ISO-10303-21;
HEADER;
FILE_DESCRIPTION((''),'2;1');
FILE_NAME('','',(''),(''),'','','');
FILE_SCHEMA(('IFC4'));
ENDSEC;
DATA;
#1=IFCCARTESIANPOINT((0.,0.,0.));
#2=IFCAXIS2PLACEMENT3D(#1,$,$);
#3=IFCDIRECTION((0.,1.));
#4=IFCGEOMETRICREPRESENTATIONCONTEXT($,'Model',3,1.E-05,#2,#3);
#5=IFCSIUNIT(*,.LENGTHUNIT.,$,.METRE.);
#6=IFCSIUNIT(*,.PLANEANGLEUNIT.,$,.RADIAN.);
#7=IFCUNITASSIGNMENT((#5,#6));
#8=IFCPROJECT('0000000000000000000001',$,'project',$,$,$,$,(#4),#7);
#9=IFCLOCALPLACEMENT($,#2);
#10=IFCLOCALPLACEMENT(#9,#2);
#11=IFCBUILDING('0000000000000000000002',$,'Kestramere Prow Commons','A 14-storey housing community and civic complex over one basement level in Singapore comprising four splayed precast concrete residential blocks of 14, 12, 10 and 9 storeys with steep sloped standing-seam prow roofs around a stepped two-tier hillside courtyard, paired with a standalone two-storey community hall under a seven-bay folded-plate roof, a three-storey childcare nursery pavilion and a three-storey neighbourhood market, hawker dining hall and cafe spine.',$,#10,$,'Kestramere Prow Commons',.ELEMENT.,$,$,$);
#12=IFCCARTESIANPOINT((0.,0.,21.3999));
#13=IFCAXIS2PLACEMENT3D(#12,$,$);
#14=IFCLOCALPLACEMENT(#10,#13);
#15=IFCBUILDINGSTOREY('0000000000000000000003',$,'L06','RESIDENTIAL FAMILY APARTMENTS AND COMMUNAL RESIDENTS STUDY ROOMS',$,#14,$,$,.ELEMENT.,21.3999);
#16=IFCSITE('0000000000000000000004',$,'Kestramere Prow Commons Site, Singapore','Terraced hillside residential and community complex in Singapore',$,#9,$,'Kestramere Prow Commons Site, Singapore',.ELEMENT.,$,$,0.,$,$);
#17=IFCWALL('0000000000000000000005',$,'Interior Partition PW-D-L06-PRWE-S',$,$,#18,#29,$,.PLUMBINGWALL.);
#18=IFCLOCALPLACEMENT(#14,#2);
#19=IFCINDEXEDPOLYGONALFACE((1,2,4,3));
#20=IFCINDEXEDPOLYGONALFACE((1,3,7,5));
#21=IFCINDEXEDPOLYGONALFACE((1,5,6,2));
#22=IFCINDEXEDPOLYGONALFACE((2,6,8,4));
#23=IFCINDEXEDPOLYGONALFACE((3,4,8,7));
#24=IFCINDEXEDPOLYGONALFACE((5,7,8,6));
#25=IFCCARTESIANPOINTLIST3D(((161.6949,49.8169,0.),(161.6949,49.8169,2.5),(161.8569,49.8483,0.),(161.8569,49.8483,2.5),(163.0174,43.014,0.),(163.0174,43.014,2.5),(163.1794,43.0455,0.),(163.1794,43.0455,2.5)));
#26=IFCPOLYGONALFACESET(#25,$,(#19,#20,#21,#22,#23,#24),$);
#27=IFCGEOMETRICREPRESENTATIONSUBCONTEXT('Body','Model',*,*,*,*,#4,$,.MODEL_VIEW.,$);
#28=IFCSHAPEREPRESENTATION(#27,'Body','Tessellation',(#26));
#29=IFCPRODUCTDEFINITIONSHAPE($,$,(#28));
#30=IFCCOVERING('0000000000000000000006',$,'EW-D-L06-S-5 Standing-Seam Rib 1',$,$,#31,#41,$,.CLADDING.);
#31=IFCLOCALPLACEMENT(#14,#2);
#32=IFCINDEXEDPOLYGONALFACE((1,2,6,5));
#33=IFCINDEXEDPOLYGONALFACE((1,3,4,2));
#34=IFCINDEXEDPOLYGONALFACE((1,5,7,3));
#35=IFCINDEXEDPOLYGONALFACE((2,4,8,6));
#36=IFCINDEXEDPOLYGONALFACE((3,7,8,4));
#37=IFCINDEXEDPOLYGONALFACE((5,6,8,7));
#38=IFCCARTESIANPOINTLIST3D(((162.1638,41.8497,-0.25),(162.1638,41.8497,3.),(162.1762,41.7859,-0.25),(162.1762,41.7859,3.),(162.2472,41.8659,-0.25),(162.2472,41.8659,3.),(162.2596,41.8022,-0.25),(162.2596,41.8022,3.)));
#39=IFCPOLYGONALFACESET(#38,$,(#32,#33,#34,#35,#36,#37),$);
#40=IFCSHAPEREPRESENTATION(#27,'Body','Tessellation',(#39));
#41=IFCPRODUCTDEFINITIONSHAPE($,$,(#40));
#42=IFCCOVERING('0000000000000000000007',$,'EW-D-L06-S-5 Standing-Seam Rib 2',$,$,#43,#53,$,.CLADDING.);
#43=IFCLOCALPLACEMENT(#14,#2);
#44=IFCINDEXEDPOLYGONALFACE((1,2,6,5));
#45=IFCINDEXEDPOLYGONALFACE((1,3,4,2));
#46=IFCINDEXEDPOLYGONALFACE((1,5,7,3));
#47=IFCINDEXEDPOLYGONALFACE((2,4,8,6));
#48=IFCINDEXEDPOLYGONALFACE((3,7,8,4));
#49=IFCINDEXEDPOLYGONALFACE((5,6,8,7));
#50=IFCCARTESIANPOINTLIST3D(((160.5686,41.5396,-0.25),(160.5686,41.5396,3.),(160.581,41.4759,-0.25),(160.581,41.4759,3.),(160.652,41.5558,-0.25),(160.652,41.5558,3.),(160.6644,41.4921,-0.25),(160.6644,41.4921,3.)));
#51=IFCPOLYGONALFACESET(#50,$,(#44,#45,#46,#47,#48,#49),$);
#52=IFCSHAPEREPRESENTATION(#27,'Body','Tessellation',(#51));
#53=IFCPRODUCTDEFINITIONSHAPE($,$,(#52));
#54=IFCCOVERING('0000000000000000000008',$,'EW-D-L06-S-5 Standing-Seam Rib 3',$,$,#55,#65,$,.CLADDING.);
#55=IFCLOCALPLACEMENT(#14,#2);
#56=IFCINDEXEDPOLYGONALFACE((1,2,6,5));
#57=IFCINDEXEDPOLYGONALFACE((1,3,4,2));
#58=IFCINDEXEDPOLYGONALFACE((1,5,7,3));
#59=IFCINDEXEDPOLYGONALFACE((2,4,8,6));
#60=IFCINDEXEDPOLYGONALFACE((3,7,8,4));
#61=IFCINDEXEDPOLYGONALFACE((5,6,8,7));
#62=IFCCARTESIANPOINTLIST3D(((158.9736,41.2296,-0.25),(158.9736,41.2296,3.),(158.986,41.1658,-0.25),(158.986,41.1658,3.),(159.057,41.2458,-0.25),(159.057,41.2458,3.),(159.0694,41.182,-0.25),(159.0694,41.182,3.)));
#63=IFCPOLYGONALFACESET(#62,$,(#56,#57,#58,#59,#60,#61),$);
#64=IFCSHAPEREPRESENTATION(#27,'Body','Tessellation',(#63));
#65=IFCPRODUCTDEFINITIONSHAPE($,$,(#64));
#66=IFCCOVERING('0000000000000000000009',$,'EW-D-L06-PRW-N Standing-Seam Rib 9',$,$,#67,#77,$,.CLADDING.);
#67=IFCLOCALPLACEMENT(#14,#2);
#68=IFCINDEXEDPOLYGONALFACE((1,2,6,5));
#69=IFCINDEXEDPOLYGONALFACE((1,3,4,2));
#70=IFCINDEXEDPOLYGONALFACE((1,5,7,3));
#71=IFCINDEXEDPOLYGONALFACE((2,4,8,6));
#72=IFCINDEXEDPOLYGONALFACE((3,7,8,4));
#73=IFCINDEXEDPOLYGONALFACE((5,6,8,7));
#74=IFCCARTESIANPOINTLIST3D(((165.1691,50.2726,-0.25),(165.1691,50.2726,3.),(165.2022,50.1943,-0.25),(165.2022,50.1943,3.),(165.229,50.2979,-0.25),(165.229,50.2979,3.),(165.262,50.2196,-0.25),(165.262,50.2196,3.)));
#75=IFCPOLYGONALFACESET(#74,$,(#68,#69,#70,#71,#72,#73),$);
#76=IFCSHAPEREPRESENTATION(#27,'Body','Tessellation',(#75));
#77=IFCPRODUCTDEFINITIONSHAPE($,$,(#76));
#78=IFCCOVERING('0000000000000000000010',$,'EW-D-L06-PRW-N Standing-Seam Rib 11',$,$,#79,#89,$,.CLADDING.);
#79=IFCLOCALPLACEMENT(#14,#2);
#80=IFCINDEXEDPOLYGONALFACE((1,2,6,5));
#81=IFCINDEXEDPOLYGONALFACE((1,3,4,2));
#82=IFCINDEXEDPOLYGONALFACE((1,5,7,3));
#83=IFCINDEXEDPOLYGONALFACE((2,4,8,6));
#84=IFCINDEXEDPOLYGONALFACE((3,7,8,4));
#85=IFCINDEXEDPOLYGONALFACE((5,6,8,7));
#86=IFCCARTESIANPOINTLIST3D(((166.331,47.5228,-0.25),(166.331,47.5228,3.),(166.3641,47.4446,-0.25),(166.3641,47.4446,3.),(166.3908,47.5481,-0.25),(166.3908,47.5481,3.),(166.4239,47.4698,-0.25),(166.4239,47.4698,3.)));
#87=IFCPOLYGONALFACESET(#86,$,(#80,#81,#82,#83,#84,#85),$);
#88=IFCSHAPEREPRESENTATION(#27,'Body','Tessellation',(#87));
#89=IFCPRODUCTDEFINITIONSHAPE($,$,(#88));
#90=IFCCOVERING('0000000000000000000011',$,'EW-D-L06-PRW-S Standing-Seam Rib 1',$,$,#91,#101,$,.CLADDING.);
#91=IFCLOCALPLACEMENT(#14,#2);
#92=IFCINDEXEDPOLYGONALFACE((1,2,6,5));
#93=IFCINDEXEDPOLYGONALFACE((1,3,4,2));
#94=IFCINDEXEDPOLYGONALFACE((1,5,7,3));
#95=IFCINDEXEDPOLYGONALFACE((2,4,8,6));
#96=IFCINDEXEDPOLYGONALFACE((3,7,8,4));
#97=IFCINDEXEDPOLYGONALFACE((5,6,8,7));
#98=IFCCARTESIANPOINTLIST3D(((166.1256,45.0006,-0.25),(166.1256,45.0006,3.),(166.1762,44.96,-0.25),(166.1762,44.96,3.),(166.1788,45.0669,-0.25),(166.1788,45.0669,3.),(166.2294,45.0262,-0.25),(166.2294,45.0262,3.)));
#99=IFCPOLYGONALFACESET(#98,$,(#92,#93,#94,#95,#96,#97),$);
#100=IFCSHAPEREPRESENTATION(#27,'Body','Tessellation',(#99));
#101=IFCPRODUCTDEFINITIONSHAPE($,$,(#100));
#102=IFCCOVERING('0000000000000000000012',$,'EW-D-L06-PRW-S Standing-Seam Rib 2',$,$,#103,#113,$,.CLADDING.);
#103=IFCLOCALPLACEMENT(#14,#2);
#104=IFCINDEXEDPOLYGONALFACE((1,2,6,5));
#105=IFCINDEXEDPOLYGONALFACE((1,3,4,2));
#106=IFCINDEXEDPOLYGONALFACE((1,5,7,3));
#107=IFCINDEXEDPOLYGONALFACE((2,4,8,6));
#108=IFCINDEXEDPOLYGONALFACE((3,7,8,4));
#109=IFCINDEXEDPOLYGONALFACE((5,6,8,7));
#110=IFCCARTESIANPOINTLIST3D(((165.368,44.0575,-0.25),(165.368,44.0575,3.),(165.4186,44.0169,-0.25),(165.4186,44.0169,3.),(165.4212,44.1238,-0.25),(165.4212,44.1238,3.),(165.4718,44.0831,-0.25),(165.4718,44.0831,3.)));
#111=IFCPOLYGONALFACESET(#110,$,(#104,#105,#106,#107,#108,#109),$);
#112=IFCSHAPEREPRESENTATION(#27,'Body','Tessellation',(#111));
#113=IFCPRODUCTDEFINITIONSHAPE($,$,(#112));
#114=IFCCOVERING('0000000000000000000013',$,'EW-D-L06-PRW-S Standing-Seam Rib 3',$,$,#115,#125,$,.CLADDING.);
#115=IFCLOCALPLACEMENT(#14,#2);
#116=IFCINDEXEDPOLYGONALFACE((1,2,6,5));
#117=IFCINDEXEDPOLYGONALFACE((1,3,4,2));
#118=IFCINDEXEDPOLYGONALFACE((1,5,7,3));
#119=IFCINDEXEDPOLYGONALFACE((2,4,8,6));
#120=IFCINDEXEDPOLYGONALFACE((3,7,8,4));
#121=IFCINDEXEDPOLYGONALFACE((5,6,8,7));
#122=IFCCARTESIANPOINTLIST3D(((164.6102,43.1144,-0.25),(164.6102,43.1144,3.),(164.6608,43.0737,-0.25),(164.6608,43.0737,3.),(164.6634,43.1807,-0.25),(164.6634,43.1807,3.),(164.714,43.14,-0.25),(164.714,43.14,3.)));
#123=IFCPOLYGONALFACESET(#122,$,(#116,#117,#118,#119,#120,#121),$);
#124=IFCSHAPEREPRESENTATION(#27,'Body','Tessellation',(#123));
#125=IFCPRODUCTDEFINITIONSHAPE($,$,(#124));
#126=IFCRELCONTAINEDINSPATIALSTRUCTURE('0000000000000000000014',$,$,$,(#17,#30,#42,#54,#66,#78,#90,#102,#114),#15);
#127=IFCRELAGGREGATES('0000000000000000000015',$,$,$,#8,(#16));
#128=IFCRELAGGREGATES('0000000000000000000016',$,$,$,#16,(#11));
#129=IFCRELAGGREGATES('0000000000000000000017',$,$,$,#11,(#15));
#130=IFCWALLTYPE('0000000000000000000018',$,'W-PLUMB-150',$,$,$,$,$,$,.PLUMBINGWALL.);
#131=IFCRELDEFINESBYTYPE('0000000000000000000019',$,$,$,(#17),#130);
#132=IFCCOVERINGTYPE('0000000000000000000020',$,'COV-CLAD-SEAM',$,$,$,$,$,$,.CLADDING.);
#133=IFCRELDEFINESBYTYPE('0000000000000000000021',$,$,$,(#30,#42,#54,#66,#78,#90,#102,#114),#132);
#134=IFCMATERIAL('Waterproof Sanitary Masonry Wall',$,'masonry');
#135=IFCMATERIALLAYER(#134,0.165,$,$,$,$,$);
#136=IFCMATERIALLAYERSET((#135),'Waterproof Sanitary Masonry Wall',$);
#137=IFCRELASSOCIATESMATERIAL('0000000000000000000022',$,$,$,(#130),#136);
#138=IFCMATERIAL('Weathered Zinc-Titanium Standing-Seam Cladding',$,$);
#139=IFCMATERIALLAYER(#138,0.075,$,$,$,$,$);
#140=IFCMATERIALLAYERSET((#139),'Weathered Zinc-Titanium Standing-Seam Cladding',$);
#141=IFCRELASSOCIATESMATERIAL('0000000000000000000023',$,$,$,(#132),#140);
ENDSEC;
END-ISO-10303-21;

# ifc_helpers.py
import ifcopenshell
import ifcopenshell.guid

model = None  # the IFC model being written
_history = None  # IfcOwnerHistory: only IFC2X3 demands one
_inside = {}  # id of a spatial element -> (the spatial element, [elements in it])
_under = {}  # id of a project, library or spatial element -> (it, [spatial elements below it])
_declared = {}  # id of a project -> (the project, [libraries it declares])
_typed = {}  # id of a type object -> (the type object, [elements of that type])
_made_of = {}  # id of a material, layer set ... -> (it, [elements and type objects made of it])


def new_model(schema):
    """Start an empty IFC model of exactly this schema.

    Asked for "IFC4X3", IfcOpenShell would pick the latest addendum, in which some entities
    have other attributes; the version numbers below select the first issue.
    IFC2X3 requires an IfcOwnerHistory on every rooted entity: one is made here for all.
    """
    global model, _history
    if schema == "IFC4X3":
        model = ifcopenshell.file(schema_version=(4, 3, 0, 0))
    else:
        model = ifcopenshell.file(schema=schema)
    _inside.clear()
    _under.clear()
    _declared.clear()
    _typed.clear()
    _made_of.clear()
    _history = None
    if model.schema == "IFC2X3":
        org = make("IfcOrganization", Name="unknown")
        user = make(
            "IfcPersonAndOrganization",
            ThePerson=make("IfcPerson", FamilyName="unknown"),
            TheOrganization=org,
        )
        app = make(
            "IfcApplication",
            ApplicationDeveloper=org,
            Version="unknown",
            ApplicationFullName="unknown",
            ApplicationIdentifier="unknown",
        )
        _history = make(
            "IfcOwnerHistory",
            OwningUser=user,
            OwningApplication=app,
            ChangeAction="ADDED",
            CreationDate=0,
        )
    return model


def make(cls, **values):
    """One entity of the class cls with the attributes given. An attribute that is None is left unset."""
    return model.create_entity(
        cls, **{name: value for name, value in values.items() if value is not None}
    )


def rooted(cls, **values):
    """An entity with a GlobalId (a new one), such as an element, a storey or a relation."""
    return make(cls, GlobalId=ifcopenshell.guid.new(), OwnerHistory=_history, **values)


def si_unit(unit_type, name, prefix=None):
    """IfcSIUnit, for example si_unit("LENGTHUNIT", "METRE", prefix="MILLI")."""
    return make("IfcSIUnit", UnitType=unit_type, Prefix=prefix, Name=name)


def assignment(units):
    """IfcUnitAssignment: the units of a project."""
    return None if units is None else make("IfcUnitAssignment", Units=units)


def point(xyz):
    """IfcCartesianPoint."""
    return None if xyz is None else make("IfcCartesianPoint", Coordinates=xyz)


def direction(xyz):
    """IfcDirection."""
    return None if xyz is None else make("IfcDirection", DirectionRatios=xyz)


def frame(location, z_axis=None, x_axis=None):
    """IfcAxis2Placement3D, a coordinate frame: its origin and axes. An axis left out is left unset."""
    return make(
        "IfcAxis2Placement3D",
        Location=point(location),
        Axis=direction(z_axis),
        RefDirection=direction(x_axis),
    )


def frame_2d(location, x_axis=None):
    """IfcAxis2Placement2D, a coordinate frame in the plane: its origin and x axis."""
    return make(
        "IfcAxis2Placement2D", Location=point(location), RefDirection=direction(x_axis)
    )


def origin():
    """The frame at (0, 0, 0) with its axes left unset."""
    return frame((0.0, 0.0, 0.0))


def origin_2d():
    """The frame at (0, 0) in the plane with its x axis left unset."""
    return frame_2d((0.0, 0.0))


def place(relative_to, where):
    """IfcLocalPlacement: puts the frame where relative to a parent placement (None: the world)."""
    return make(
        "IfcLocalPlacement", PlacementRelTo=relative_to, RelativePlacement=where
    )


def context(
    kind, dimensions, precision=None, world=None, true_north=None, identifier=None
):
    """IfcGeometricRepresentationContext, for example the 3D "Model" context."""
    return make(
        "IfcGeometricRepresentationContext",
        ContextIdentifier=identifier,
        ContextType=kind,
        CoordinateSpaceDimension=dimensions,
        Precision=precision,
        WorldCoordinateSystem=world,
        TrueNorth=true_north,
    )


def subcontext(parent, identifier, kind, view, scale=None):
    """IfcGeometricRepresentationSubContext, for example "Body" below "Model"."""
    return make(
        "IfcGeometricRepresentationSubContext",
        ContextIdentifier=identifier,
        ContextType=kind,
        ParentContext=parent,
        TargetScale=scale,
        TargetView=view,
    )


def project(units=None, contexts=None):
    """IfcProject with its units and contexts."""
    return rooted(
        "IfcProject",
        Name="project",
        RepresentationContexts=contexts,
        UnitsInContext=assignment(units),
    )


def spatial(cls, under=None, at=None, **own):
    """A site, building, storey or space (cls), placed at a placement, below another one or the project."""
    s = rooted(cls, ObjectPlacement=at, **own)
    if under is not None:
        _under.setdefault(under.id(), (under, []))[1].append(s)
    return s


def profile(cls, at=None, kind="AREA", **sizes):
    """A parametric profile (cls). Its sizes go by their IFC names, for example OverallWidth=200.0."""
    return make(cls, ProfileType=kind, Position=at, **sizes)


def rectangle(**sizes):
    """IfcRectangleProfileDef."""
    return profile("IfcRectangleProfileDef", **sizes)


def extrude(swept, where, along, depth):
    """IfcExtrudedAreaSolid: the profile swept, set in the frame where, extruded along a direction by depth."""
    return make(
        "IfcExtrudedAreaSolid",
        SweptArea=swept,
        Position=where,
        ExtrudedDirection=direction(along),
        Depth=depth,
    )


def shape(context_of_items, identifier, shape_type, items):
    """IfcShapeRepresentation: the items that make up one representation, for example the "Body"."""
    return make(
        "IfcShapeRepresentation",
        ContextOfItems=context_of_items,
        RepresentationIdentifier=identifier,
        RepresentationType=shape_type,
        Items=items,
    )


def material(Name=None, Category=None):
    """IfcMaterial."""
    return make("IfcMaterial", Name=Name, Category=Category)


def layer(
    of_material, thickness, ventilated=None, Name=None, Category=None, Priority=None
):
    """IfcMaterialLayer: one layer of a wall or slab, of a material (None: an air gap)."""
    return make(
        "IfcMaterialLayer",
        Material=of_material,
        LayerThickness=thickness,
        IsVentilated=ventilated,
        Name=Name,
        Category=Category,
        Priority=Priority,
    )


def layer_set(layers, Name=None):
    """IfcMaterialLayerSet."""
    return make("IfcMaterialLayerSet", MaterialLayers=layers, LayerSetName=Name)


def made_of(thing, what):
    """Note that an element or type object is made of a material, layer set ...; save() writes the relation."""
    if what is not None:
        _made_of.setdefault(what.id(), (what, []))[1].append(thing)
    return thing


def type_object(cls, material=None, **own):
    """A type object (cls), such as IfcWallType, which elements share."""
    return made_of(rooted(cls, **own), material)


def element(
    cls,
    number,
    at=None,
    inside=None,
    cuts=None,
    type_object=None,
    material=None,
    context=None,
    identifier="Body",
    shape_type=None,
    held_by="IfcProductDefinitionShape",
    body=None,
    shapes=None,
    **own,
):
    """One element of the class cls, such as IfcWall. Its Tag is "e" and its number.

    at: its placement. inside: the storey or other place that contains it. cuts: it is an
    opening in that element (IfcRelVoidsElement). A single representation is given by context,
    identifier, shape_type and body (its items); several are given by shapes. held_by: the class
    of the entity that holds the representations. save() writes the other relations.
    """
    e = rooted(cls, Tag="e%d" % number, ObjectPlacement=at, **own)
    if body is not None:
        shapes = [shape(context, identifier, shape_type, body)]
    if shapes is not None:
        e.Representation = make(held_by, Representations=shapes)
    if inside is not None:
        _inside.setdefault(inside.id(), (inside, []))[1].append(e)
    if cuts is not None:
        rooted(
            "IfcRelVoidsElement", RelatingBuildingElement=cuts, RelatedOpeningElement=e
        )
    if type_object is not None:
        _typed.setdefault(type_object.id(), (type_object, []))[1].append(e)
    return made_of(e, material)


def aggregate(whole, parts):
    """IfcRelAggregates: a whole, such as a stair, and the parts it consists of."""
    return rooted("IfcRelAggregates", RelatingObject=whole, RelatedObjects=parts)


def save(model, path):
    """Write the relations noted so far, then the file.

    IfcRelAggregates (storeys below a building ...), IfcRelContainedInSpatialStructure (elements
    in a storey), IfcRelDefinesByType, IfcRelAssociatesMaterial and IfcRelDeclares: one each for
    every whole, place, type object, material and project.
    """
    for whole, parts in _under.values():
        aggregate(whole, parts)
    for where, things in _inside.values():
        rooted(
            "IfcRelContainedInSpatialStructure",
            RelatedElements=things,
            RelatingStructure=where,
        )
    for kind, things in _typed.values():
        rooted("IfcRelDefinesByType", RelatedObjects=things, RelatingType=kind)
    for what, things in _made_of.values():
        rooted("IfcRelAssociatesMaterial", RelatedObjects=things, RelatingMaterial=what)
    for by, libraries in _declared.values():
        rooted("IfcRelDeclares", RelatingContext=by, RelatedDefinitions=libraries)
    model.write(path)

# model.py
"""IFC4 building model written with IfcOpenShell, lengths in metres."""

from ifc_helpers import new_model, si_unit, direction, frame, frame_2d, origin, origin_2d, place, context, subcontext, project, spatial, rectangle, extrude, material, layer, layer_set, type_object, element, save


model = new_model("IFC4")

# Units and contexts
model_context = context("Model", 3, precision=1e-05, world=origin(), true_north=direction((0.0, 1.0)))
body_context = subcontext(model_context, "Body", "Model", "MODEL_VIEW")
ifc_project = project(units=[si_unit("LENGTHUNIT", "METRE"), si_unit("PLANEANGLEUNIT", "RADIAN")], contexts=[model_context])

# Site, building, storey
site_placement = place(None, origin())
site = spatial("IfcSite", under=ifc_project, at=site_placement, Name="Kestramere Prow Commons Site, Singapore", Description="Terraced hillside residential and community complex in Singapore", LongName="Kestramere Prow Commons Site, Singapore", CompositionType="ELEMENT", RefElevation=0.0)
building_placement = place(site_placement, origin())
building = spatial("IfcBuilding", under=site, at=building_placement, Name="Kestramere Prow Commons", Description="A 14-storey housing community and civic complex over one basement level in Singapore comprising four splayed precast concrete residential blocks of 14, 12, 10 and 9 storeys with steep sloped standing-seam prow roofs around a stepped two-tier hillside courtyard, paired with a standalone two-storey community hall under a seven-bay folded-plate roof, a three-storey childcare nursery pavilion and a three-storey neighbourhood market, hawker dining hall and cafe spine.", LongName="Kestramere Prow Commons", CompositionType="ELEMENT")
storey_placement = place(building_placement, frame((0.0, 0.0, 21.3999)))
storey = spatial("IfcBuildingStorey", under=building, at=storey_placement, Name="L06", Description="RESIDENTIAL FAMILY APARTMENTS AND COMMUNAL RESIDENTS STUDY ROOMS", CompositionType="ELEMENT", Elevation=21.3999)

# Shared definitions
ifc_material_1 = material(Name="Weathered Zinc-Titanium Standing-Seam Cladding")

# Wall
ifc_material_2 = material(Name="Waterproof Sanitary Masonry Wall", Category="masonry")
ifc_layer_1 = layer(ifc_material_2, 0.165)
ifc_layer_set_1 = layer_set([ifc_layer_1], Name="Waterproof Sanitary Masonry Wall")
wall_type_1 = type_object("IfcWallType", Name="W-PLUMB-150", PredefinedType="PLUMBINGWALL", material=ifc_layer_set_1)
wall_1_placement = place(storey_placement, frame((163.0984, 43.0298, 0.0), z_axis=(0.0, 0.0, 1.0), x_axis=(-0.190836, 0.981622, 0.0)))
element("IfcWall", 1, at=wall_1_placement, inside=storey, type_object=wall_type_1, Name="Interior Partition PW-D-L06-PRWE-S", PredefinedType="PLUMBINGWALL", context=body_context, shape_type="SweptSolid", body=[
    extrude(rectangle(XDim=6.9302, YDim=0.165, at=frame_2d((3.4651, 0.0))), origin(), (0.0, 0.0, 1.0), 2.5),
])

# Coverings
ifc_layer_2 = layer(ifc_material_1, 0.075)
ifc_layer_set_2 = layer_set([ifc_layer_2], Name="Weathered Zinc-Titanium Standing-Seam Cladding")
covering_type = type_object("IfcCoveringType", Name="COV-CLAD-SEAM", PredefinedType="CLADDING", material=ifc_layer_set_2)
for number, where, z_axis, x_axis, name in (
    (2, (162.2117, 41.8259, -0.25), (0.0, 0.0, 1.0), (-0.981627, -0.190809, 0.0), "EW-D-L06-S-5 Standing-Seam Rib 1"),
    (3, (160.6165, 41.5159, -0.25), (0.0, 0.0, 1.0), (-0.981627, -0.190809, 0.0), "EW-D-L06-S-5 Standing-Seam Rib 2"),
    (4, (159.0215, 41.2058, -0.25), (0.0, 0.0, 1.0), (-0.981627, -0.190809, 0.0), "EW-D-L06-S-5 Standing-Seam Rib 3"),
    (5, (165.2156, 50.2461, -0.25), (0.0, 0.0, 1.0), (0.38922, -0.921145, 0.0), "EW-D-L06-PRW-N Standing-Seam Rib 9"),
    (6, (166.3774, 47.4963, -0.25), (0.0, 0.0, 1.0), (0.38922, -0.921145, 0.0), "EW-D-L06-PRW-N Standing-Seam Rib 11"),
    (7, (166.1775, 45.0134, -0.25), (0.0, 0.0, 1.0), (-0.626298, -0.779584, 0.0), "EW-D-L06-PRW-S Standing-Seam Rib 1"),
    (8, (165.4199, 44.0703, -0.25), (0.0, 0.0, 1.0), (-0.626298, -0.779584, 0.0), "EW-D-L06-PRW-S Standing-Seam Rib 2"),
    (9, (164.6621, 43.1272, -0.25), (0.0, 0.0, 1.0), (-0.626298, -0.779584, 0.0), "EW-D-L06-PRW-S Standing-Seam Rib 3"),
):
    element("IfcCovering", number, at=place(storey_placement, frame(where, z_axis=z_axis, x_axis=x_axis)), inside=storey, type_object=covering_type, Name=name, PredefinedType="CLADDING", context=body_context, shape_type="SweptSolid", body=[
        extrude(rectangle(XDim=0.085, YDim=0.0649, at=origin_2d()), origin(), (0.0, 0.0, 1.0), 3.25),
    ])

save(model, "model.ifc")
